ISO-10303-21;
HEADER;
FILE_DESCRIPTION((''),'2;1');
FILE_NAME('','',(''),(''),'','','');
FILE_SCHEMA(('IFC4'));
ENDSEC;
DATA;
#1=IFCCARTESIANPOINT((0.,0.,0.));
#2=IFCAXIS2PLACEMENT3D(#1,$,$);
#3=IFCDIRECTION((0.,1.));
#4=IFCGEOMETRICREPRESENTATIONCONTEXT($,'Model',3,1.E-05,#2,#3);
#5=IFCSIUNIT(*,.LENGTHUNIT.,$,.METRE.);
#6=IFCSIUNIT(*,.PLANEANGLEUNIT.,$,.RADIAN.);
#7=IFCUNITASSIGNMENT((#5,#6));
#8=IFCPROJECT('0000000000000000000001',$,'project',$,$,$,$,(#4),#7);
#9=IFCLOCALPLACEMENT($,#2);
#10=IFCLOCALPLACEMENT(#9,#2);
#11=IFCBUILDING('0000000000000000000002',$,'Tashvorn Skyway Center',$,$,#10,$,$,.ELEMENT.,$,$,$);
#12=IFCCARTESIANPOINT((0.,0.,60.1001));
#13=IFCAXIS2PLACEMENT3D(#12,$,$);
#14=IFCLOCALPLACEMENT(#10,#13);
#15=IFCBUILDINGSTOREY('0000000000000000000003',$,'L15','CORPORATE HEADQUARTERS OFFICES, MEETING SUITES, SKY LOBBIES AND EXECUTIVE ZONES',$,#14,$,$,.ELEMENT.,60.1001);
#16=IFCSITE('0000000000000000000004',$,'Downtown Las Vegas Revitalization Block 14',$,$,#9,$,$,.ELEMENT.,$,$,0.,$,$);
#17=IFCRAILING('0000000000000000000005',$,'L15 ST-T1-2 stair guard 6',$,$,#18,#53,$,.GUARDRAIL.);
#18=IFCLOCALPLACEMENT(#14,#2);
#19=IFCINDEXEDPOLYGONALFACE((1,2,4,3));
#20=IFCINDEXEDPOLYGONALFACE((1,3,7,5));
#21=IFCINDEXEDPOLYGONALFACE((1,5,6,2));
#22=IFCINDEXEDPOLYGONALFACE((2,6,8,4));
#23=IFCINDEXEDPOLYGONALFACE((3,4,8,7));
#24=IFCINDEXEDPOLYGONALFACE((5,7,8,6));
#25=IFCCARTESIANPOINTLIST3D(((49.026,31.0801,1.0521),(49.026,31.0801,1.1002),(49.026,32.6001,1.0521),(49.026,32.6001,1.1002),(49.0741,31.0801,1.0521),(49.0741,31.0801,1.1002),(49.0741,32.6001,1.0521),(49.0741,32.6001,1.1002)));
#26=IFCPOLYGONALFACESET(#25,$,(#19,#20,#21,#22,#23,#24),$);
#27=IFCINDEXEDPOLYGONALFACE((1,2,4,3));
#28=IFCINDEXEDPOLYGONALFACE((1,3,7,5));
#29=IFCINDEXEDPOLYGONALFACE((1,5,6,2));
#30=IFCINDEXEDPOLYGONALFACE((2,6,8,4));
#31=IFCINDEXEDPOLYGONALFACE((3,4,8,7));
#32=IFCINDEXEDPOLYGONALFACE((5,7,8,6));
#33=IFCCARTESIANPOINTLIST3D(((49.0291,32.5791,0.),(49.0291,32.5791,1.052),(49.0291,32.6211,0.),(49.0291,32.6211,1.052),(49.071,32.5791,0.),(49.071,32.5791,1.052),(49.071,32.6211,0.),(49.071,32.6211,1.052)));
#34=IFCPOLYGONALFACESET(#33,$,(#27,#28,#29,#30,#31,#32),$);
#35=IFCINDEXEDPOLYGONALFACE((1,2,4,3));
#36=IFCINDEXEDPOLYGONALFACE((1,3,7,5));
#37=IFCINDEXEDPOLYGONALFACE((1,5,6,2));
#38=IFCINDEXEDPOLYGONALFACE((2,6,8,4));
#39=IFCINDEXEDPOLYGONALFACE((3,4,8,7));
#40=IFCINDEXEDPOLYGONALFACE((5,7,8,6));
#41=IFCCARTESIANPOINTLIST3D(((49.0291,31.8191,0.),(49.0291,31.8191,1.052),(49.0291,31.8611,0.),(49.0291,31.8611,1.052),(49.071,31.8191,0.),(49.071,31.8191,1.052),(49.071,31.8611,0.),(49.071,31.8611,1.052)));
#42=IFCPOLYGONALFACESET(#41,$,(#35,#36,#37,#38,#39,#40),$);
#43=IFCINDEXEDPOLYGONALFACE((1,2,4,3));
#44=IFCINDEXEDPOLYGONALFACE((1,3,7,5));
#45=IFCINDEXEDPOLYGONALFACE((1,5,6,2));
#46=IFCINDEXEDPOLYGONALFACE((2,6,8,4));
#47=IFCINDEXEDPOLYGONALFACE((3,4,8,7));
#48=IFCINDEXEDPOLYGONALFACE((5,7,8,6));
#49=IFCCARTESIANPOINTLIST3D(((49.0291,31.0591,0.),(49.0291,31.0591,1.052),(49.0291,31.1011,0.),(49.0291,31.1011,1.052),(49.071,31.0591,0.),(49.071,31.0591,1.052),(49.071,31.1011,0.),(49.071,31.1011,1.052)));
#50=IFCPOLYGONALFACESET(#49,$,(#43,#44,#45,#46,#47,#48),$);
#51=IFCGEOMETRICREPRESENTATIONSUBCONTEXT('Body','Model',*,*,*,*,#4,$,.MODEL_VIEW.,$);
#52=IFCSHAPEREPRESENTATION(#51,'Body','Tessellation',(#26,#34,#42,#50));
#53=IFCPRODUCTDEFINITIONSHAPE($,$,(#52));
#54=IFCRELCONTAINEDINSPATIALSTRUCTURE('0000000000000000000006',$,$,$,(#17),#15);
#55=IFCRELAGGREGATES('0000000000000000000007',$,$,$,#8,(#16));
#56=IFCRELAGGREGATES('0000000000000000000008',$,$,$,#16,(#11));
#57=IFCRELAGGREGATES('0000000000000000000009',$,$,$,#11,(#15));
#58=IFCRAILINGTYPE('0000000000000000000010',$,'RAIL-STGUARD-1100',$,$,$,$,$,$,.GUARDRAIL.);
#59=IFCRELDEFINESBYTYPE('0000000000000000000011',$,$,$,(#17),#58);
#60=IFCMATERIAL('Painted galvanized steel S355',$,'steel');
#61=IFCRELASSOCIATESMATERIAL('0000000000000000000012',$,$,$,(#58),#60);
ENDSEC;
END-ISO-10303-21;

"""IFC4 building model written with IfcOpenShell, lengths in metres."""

from ifc_helpers import new_model, si_unit, direction, frame, origin, origin_2d, place, context, subcontext, project, spatial, rectangle, extrude, material, type_object, element, save


model = new_model("IFC4")

# Units and contexts
model_context = context("Model", 3, precision=1e-05, world=origin(), true_north=direction((0.0, 1.0)))
body_context = subcontext(model_context, "Body", "Model", "MODEL_VIEW")
ifc_project = project(units=[si_unit("LENGTHUNIT", "METRE"), si_unit("PLANEANGLEUNIT", "RADIAN")], contexts=[model_context])

# Site, building, storey
site_placement = place(None, origin())
site = spatial("IfcSite", under=ifc_project, at=site_placement, Name="Downtown Las Vegas Revitalization Block 14", CompositionType="ELEMENT", RefElevation=0.0)
building_placement = place(site_placement, origin())
building = spatial("IfcBuilding", under=site, at=building_placement, Name="Tashvorn Skyway Center", CompositionType="ELEMENT")
storey_placement = place(building_placement, frame((0.0, 0.0, 60.1001)))
storey = spatial("IfcBuildingStorey", under=building, at=storey_placement, Name="L15", Description="CORPORATE HEADQUARTERS OFFICES, MEETING SUITES, SKY LOBBIES AND EXECUTIVE ZONES", CompositionType="ELEMENT", Elevation=60.1001)

# Railing
ifc_material_1 = material(Name="Painted galvanized steel S355", Category="steel")
railing_type = type_object("IfcRailingType", Name="RAIL-STGUARD-1100", PredefinedType="GUARDRAIL", material=ifc_material_1)
railing_placement = place(storey_placement, frame((49.05, 32.6001, 0.0)))
element("IfcRailing", 1, at=railing_placement, inside=storey, type_object=railing_type, Name="L15 ST-T1-2 stair guard 6", PredefinedType="GUARDRAIL", context=body_context, shape_type="SweptSolid", body=[
    extrude(rectangle(XDim=0.0481, YDim=0.0481, at=origin_2d()), frame((0.0, 0.0, 1.0762), z_axis=(0.0, -1.0, 0.0), x_axis=(1.0, 0.0, 0.0)), (0.0, 0.0, 1.0), 1.52),
    extrude(rectangle(XDim=0.042, YDim=0.042, at=origin_2d()), origin(), (0.0, 0.0, 1.0), 1.052),
    extrude(rectangle(XDim=0.042, YDim=0.042, at=origin_2d()), frame((0.0, -0.76, 0.0)), (0.0, 0.0, 1.0), 1.052),
    extrude(rectangle(XDim=0.042, YDim=0.042, at=origin_2d()), frame((0.0, -1.52, 0.0)), (0.0, 0.0, 1.0), 1.052),
])

save(model, "model.ifc")
